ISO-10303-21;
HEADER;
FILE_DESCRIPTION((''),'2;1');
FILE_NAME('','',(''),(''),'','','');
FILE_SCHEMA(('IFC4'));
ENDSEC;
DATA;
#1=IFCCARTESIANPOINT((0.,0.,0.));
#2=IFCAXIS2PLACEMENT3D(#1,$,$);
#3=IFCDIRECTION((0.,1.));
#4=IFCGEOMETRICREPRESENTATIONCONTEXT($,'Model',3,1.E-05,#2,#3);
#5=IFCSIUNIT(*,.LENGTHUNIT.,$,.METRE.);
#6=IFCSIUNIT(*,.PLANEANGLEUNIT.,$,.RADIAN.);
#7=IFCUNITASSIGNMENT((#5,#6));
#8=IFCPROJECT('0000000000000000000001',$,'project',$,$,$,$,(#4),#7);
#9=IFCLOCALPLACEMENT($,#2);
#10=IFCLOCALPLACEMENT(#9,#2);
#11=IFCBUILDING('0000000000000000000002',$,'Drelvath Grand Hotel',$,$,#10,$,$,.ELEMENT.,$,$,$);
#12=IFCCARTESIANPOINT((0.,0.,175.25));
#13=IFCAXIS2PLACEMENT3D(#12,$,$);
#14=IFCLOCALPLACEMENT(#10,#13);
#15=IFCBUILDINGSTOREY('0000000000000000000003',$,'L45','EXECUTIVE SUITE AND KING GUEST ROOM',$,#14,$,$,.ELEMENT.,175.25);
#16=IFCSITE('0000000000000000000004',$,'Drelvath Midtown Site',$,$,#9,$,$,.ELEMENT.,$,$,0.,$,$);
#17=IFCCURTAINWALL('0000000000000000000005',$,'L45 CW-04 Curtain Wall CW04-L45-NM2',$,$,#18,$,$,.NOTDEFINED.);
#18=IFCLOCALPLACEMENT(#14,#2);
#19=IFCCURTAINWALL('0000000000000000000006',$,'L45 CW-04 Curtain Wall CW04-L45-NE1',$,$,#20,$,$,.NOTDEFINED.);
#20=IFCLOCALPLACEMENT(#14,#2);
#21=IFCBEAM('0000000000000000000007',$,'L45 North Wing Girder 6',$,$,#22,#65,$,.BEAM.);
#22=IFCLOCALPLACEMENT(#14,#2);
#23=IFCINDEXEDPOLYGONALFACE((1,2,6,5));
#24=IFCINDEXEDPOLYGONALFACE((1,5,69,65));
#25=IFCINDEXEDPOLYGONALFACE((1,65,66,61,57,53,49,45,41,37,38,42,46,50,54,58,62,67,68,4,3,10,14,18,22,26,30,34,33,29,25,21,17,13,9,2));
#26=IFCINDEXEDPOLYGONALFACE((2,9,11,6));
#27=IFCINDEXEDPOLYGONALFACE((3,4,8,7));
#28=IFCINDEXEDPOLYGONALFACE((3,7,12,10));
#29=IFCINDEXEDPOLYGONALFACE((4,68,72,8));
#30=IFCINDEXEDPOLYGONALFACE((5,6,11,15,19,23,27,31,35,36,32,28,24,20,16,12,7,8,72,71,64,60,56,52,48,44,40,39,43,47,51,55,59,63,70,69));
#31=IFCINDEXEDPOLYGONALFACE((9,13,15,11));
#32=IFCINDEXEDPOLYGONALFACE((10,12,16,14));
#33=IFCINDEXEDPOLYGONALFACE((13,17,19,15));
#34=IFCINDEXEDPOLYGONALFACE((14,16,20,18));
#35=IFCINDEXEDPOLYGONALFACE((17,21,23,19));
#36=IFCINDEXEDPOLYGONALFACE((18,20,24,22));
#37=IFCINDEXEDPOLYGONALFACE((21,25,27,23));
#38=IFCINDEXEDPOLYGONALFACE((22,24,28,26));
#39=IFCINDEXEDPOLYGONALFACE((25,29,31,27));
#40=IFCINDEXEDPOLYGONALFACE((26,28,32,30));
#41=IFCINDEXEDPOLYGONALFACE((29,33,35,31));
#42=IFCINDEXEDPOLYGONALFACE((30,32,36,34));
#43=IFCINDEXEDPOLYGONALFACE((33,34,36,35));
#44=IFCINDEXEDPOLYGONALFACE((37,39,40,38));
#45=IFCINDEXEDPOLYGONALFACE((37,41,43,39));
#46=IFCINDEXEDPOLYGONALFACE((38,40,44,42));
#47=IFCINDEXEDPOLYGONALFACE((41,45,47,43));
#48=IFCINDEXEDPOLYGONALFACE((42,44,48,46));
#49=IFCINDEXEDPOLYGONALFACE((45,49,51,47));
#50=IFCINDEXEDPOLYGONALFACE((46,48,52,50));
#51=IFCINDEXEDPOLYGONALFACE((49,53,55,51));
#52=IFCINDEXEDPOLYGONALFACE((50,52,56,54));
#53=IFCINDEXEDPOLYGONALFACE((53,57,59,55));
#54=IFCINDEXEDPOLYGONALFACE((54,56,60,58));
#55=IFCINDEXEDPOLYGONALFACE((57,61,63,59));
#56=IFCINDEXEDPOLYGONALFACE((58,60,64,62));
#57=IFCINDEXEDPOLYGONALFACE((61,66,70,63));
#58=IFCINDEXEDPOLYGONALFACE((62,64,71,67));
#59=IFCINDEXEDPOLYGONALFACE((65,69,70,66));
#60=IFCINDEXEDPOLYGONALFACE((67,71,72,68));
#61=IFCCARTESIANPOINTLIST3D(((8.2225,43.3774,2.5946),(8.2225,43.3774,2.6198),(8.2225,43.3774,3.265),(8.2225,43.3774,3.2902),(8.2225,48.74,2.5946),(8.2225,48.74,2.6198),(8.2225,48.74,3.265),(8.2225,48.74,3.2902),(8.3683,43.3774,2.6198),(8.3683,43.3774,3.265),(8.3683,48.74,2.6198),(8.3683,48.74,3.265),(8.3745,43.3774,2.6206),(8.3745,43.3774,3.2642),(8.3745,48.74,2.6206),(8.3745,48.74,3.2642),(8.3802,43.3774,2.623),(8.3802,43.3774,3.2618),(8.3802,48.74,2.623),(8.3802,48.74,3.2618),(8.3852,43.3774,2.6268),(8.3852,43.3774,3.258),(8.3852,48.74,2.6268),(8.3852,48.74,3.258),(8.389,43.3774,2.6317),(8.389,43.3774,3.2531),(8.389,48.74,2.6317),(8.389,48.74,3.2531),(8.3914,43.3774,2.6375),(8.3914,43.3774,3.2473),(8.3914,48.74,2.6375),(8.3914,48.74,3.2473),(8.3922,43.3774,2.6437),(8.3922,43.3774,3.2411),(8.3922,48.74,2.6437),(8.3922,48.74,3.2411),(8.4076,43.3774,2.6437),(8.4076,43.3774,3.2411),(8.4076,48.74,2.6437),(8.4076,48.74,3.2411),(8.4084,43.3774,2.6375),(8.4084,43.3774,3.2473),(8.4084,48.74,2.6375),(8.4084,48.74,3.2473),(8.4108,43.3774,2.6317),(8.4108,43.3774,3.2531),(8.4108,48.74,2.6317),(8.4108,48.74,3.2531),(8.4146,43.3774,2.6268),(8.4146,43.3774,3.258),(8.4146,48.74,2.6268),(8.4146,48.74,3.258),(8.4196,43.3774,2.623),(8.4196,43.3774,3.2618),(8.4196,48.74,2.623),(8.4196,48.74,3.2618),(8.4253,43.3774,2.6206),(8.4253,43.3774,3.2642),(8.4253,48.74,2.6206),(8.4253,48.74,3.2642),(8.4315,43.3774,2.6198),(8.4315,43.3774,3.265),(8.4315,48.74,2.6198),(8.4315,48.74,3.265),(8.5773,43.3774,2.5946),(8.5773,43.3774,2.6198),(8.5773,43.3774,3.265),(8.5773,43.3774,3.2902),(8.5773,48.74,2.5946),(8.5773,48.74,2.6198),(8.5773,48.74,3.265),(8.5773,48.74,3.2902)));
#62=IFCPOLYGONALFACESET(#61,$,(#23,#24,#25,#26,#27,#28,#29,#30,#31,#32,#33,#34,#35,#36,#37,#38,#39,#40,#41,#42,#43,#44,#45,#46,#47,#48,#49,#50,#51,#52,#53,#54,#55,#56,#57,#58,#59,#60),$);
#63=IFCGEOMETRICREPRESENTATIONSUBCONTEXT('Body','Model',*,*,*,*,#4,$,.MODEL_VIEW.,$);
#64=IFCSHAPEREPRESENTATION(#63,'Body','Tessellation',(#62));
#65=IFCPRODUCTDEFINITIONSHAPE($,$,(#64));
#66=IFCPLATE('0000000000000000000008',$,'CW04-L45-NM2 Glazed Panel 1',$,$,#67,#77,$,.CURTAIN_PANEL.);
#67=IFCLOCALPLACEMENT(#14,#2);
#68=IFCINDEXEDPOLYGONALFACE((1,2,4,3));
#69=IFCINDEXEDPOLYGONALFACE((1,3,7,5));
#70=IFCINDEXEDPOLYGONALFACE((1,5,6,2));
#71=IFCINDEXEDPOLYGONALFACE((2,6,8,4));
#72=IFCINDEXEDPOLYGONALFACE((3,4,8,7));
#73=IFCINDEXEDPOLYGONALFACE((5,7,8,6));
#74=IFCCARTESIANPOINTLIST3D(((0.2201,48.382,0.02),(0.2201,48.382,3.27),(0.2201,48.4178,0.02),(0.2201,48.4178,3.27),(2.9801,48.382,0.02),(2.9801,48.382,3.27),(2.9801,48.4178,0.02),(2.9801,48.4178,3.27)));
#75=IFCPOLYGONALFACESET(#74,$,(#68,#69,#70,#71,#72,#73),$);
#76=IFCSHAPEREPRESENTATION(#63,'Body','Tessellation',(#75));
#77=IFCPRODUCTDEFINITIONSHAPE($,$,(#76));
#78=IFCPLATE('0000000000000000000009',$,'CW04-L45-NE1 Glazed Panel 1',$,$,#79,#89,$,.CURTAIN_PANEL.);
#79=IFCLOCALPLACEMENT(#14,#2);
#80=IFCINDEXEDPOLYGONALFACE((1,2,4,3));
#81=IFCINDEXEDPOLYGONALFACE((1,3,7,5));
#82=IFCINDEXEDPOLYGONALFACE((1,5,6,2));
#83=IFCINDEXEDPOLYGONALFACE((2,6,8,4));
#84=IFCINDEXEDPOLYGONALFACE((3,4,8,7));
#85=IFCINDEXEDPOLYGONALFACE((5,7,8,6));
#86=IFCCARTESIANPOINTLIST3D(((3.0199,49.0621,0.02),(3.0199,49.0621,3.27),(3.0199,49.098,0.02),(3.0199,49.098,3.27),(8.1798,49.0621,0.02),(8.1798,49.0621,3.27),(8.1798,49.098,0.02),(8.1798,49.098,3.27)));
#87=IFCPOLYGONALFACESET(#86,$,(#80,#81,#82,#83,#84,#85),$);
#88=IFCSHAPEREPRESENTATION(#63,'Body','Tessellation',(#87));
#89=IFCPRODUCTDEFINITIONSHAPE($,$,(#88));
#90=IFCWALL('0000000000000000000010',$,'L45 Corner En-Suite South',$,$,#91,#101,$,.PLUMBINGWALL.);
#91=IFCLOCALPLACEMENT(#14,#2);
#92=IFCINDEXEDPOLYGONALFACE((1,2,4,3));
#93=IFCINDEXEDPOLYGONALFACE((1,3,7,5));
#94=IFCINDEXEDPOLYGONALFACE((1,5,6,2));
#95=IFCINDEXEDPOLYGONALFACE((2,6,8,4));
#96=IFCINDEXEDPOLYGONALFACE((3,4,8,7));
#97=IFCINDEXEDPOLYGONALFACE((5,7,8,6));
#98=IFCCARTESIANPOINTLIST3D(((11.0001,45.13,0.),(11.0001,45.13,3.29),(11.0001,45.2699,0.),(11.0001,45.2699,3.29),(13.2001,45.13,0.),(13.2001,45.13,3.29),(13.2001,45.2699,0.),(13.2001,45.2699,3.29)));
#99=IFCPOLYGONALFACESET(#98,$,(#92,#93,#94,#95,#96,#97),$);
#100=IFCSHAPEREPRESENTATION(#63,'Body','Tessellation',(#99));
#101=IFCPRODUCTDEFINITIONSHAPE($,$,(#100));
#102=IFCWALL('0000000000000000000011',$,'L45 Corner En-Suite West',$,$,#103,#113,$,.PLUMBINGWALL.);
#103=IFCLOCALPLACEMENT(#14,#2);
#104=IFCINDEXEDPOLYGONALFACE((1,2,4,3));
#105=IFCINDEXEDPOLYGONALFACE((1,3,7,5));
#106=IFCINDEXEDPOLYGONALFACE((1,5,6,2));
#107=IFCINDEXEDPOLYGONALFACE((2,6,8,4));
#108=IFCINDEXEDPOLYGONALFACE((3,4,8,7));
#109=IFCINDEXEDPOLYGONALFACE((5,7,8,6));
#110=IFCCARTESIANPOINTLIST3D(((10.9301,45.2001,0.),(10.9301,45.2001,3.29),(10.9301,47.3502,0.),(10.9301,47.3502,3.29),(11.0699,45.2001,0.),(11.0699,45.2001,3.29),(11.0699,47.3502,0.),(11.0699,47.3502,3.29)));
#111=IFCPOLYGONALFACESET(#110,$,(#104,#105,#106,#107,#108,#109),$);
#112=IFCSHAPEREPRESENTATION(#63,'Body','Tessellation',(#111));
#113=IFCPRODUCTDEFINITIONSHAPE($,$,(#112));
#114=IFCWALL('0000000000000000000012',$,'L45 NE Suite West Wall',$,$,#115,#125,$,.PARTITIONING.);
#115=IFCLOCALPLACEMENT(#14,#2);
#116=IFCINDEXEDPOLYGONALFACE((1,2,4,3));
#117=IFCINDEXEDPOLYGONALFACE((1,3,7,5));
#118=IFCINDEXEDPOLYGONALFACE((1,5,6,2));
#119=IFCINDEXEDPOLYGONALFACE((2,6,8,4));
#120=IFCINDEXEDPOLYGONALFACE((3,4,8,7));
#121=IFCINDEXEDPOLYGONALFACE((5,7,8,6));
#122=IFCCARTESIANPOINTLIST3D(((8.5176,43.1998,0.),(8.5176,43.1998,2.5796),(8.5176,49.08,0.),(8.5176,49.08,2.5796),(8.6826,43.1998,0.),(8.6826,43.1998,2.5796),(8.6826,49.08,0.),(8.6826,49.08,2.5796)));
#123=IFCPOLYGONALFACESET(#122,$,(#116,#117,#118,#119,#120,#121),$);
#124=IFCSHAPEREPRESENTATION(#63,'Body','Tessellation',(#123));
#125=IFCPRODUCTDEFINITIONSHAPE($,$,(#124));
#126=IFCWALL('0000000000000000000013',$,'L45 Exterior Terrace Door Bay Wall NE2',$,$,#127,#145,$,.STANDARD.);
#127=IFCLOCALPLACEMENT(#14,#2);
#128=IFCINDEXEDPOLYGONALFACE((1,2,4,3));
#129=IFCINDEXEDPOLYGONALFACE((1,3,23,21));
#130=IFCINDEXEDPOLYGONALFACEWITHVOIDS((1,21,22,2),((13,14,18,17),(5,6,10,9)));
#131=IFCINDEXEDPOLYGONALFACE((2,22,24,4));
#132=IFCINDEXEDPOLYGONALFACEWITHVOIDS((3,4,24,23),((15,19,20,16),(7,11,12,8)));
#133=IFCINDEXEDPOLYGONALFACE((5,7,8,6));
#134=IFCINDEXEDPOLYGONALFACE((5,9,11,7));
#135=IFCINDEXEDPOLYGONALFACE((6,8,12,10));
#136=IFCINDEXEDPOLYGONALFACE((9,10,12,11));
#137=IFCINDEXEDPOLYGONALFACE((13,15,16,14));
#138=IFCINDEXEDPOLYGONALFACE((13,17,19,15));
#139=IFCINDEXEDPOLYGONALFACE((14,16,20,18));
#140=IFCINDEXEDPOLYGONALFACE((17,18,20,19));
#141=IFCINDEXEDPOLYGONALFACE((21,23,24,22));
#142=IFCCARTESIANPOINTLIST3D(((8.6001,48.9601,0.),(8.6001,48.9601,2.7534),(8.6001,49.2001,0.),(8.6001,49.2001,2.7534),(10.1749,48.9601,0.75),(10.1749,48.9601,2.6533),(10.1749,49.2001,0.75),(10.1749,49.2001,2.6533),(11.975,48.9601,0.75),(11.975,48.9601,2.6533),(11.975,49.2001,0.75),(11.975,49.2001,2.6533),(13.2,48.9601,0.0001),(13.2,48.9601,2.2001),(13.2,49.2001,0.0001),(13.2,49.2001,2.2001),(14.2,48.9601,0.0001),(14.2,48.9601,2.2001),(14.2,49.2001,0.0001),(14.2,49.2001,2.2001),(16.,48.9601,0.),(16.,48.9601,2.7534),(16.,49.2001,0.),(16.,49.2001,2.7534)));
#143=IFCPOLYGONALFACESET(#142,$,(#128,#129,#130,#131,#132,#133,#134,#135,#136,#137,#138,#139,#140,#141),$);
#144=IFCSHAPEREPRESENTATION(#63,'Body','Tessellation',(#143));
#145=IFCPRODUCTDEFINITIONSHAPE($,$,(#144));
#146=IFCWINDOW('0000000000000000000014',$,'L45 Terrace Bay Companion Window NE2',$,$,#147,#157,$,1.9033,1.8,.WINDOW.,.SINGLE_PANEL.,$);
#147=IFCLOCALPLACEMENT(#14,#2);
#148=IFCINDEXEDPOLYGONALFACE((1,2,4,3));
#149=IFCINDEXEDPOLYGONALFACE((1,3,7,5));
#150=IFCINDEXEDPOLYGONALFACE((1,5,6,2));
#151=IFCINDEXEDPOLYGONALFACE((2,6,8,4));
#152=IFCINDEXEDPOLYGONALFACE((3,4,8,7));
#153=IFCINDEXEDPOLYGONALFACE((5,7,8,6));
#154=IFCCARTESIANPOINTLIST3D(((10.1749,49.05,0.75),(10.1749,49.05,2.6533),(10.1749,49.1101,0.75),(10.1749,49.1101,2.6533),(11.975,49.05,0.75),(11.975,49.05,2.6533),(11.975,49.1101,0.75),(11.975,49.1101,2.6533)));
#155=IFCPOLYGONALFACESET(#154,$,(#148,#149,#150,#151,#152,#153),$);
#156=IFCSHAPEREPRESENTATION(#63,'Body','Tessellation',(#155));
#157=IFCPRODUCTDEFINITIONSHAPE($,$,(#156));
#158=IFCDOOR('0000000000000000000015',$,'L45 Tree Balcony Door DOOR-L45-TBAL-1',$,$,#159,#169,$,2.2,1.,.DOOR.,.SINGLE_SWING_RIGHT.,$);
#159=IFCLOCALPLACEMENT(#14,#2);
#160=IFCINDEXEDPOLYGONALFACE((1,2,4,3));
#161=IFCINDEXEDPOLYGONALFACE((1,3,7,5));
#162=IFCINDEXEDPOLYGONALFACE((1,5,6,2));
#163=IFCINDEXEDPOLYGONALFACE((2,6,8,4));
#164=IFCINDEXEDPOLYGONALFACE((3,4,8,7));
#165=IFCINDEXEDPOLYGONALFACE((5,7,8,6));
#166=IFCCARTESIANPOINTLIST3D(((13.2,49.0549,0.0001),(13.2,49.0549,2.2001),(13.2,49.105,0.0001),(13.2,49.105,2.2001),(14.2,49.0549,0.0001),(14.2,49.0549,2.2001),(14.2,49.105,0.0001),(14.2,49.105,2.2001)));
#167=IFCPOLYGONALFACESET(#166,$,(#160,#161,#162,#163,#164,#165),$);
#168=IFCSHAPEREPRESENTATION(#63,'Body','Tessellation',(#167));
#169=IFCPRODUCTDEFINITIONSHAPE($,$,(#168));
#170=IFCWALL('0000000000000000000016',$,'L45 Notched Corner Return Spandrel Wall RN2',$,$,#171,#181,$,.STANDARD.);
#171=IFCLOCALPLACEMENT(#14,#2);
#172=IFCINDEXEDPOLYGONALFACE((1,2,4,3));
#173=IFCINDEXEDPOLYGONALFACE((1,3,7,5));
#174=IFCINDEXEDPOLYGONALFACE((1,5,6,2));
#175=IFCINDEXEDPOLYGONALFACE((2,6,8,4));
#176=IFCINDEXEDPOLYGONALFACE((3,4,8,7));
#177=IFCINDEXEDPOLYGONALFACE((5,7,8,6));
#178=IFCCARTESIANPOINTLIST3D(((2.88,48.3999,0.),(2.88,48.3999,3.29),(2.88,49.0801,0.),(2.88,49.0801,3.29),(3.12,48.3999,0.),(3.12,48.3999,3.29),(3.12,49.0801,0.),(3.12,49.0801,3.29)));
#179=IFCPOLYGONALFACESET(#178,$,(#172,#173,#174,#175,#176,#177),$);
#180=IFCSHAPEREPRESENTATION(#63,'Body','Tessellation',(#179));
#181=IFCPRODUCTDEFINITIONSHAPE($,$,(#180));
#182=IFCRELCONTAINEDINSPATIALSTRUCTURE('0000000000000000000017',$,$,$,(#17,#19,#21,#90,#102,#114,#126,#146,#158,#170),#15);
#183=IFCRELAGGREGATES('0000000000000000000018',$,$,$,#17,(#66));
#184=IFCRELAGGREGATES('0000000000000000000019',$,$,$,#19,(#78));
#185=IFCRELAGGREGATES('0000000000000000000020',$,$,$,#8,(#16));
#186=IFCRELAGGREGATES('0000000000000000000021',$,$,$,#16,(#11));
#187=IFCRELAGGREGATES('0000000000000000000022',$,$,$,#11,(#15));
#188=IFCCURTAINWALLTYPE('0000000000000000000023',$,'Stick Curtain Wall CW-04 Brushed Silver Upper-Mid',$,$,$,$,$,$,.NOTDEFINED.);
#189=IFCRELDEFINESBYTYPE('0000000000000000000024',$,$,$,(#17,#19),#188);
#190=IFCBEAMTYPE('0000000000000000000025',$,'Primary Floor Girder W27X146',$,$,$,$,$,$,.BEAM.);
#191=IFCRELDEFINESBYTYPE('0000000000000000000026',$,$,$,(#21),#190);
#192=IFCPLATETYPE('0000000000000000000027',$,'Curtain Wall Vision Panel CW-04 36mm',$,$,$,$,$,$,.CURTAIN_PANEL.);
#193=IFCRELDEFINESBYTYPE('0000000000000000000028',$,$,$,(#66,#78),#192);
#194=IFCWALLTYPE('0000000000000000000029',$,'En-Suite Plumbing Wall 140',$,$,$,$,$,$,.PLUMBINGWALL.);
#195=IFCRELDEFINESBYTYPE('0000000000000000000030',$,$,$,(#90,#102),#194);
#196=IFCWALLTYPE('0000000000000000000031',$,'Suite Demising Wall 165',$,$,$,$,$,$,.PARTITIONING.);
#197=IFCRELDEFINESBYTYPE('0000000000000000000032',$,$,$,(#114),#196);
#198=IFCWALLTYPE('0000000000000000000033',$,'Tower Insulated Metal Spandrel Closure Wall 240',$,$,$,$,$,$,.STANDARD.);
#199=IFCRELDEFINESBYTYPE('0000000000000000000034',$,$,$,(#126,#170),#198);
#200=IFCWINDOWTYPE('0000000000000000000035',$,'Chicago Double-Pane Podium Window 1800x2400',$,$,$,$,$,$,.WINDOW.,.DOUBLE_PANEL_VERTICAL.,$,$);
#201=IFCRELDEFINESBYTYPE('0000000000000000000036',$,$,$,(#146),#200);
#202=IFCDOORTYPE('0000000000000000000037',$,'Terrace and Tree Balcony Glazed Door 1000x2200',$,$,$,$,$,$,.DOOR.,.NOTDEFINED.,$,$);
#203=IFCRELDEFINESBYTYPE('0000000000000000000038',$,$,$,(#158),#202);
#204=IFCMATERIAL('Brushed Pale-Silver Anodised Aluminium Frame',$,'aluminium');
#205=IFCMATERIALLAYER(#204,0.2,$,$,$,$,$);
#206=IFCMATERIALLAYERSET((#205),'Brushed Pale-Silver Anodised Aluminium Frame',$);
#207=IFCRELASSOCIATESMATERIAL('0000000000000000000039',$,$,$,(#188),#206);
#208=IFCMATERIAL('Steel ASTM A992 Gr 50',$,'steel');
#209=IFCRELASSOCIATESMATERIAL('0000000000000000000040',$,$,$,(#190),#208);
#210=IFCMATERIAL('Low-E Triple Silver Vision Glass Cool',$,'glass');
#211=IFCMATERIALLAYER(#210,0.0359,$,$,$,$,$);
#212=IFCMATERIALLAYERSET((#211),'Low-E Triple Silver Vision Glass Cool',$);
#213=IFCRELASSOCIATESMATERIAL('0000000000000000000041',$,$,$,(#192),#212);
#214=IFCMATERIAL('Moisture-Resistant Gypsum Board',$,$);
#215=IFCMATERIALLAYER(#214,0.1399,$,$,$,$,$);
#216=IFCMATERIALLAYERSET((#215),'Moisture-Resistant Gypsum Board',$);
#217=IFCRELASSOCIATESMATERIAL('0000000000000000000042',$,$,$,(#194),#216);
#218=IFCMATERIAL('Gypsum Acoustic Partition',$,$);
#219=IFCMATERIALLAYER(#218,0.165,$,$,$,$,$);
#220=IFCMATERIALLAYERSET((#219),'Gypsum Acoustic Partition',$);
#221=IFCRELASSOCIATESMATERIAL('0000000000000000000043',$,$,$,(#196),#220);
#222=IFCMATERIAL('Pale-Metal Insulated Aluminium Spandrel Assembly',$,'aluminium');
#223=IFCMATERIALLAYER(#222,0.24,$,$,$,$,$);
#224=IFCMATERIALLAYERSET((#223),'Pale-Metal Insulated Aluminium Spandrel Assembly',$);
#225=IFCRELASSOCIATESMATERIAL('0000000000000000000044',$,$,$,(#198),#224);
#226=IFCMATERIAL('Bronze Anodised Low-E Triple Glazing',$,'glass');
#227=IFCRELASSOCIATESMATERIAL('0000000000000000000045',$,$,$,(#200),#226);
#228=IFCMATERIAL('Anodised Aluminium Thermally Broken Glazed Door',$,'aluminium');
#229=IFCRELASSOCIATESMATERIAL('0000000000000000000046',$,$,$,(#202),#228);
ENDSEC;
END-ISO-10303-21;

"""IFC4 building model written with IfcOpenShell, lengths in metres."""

from ifc_helpers import new_model, si_unit, direction, frame, frame_2d, origin, origin_2d, place, context, subcontext, project, spatial, rectangle, i_section, extrude, material, layer, layer_set, material_profile, profile_set, type_object, element, fill, aggregate, save


model = new_model("IFC4")

# Units and contexts
model_context = context("Model", 3, precision=1e-05, world=origin(), true_north=direction((0.0, 1.0)))
body_context = subcontext(model_context, "Body", "Model", "MODEL_VIEW")
ifc_project = project(units=[si_unit("LENGTHUNIT", "METRE"), si_unit("PLANEANGLEUNIT", "RADIAN")], contexts=[model_context])

# Site, building, storey
site_placement = place(None, origin())
site = spatial("IfcSite", under=ifc_project, at=site_placement, Name="Drelvath Midtown Site", CompositionType="ELEMENT", RefElevation=0.0)
building_placement = place(site_placement, origin())
building = spatial("IfcBuilding", under=site, at=building_placement, Name="Drelvath Grand Hotel", CompositionType="ELEMENT")
storey_placement = place(building_placement, frame((0.0, 0.0, 175.25)))
storey = spatial("IfcBuildingStorey", under=building, at=storey_placement, Name="L45", Description="EXECUTIVE SUITE AND KING GUEST ROOM", CompositionType="ELEMENT", Elevation=175.25)

# Curtain walls
ifc_material_1 = material(Name="Brushed Pale-Silver Anodised Aluminium Frame", Category="aluminium")
ifc_layer_1 = layer(ifc_material_1, 0.2)
ifc_layer_set_1 = layer_set([ifc_layer_1], Name="Brushed Pale-Silver Anodised Aluminium Frame")
curtain_wall_type = type_object("IfcCurtainWallType", Name="Stick Curtain Wall CW-04 Brushed Silver Upper-Mid", PredefinedType="NOTDEFINED", material=ifc_layer_set_1)
curtain_wall_1_placement = place(storey_placement, origin())
curtain_wall_1 = element("IfcCurtainWall", 1, at=curtain_wall_1_placement, inside=storey, type_object=curtain_wall_type, Name="L45 CW-04 Curtain Wall CW04-L45-NM2", PredefinedType="NOTDEFINED")
curtain_wall_2_placement = place(storey_placement, origin())
curtain_wall_2 = element("IfcCurtainWall", 2, at=curtain_wall_2_placement, inside=storey, type_object=curtain_wall_type, Name="L45 CW-04 Curtain Wall CW04-L45-NE1", PredefinedType="NOTDEFINED")

# Beam
ifc_material_2 = material(Name="Steel ASTM A992 Gr 50", Category="steel")
ifc_material_profile_1 = material_profile(ifc_material_2, i_section(OverallWidth=0.3547, OverallDepth=0.6956, WebThickness=0.0154, FlangeThickness=0.0251, FilletRadius=0.0239, at=origin_2d()), Name="W27X146")
ifc_profile_set_1 = profile_set([ifc_material_profile_1], Name="Steel ASTM A992 Gr 50")
beam_type_1 = type_object("IfcBeamType", Name="Primary Floor Girder W27X146", PredefinedType="BEAM", material=ifc_profile_set_1)
beam_1_placement = place(storey_placement, frame((8.3999, 43.3774, 2.9424), z_axis=(0.0, 1.0, 0.0), x_axis=(-1.0, 0.0, 0.0)))
element("IfcBeam", 3, at=beam_1_placement, inside=storey, type_object=beam_type_1, Name="L45 North Wing Girder 6", PredefinedType="BEAM", context=body_context, shape_type="SweptSolid", body=[
    extrude(i_section(OverallWidth=0.3547, OverallDepth=0.6956, WebThickness=0.0154, FlangeThickness=0.0251, FilletRadius=0.0239, at=origin_2d()), origin(), (0.0, 0.0, 1.0), 5.3625),
])

# Plates
ifc_material_3 = material(Name="Low-E Triple Silver Vision Glass Cool", Category="glass")
ifc_layer_2 = layer(ifc_material_3, 0.0359)
ifc_layer_set_2 = layer_set([ifc_layer_2], Name="Low-E Triple Silver Vision Glass Cool")
plate_type = type_object("IfcPlateType", Name="Curtain Wall Vision Panel CW-04 36mm", PredefinedType="CURTAIN_PANEL", material=ifc_layer_set_2)
plate_1_placement = place(storey_placement, frame((1.6001, 48.3999, 0.02), z_axis=(0.0, 0.0, 1.0), x_axis=(1.0, 0.0, 0.0)))
plate_1 = element("IfcPlate", 4, at=plate_1_placement, type_object=plate_type, Name="CW04-L45-NM2 Glazed Panel 1", PredefinedType="CURTAIN_PANEL", context=body_context, shape_type="SweptSolid", body=[
    extrude(rectangle(XDim=2.76, YDim=0.0359, at=origin_2d()), origin(), (0.0, 0.0, 1.0), 3.25),
])
aggregate(curtain_wall_1, [plate_1])
plate_2_placement = place(storey_placement, frame((5.5999, 49.0801, 0.02), z_axis=(0.0, 0.0, 1.0), x_axis=(1.0, 0.0, 0.0)))
plate_2 = element("IfcPlate", 5, at=plate_2_placement, type_object=plate_type, Name="CW04-L45-NE1 Glazed Panel 1", PredefinedType="CURTAIN_PANEL", context=body_context, shape_type="SweptSolid", body=[
    extrude(rectangle(XDim=5.1599, YDim=0.0359, at=origin_2d()), origin(), (0.0, 0.0, 1.0), 3.25),
])
aggregate(curtain_wall_2, [plate_2])

# Walls
ifc_material_4 = material(Name="Moisture-Resistant Gypsum Board")
ifc_layer_3 = layer(ifc_material_4, 0.1399)
ifc_layer_set_3 = layer_set([ifc_layer_3], Name="Moisture-Resistant Gypsum Board")
wall_type_1 = type_object("IfcWallType", Name="En-Suite Plumbing Wall 140", PredefinedType="PLUMBINGWALL", material=ifc_layer_set_3)
wall_1_placement = place(storey_placement, frame((11.0, 45.2, 0.0), z_axis=(0.0, 0.0, 1.0), x_axis=(1.0, 0.0, 0.0)))
element("IfcWall", 6, at=wall_1_placement, inside=storey, type_object=wall_type_1, Name="L45 Corner En-Suite South", PredefinedType="PLUMBINGWALL", context=body_context, shape_type="SweptSolid", body=[
    extrude(rectangle(XDim=2.2, YDim=0.1399, at=frame_2d((1.1001, 0.0))), origin(), (0.0, 0.0, 1.0), 3.29),
])
wall_2_placement = place(storey_placement, frame((11.0, 45.2, 0.0), z_axis=(0.0, 0.0, 1.0), x_axis=(0.0, 1.0, 0.0)))
element("IfcWall", 7, at=wall_2_placement, inside=storey, type_object=wall_type_1, Name="L45 Corner En-Suite West", PredefinedType="PLUMBINGWALL", context=body_context, shape_type="SweptSolid", body=[
    extrude(rectangle(XDim=2.1501, YDim=0.1399, at=frame_2d((1.0752, 0.0))), origin(), (0.0, 0.0, 1.0), 3.29),
])
ifc_material_5 = material(Name="Gypsum Acoustic Partition")
ifc_layer_4 = layer(ifc_material_5, 0.165)
ifc_layer_set_4 = layer_set([ifc_layer_4], Name="Gypsum Acoustic Partition")
wall_type_2 = type_object("IfcWallType", Name="Suite Demising Wall 165", PredefinedType="PARTITIONING", material=ifc_layer_set_4)
wall_3_placement = place(storey_placement, frame((8.6001, 43.2, 0.0), z_axis=(0.0, 0.0, 1.0), x_axis=(0.0, 1.0, 0.0)))
element("IfcWall", 8, at=wall_3_placement, inside=storey, type_object=wall_type_2, Name="L45 NE Suite West Wall", PredefinedType="PARTITIONING", context=body_context, shape_type="SweptSolid", body=[
    extrude(rectangle(XDim=5.8801, YDim=0.165, at=frame_2d((2.9399, 0.0))), origin(), (0.0, 0.0, 1.0), 2.5796),
])

# Wall, openings, window, door
ifc_material_6 = material(Name="Pale-Metal Insulated Aluminium Spandrel Assembly", Category="aluminium")
ifc_layer_5 = layer(ifc_material_6, 0.24)
ifc_layer_set_5 = layer_set([ifc_layer_5], Name="Pale-Metal Insulated Aluminium Spandrel Assembly")
wall_type_3 = type_object("IfcWallType", Name="Tower Insulated Metal Spandrel Closure Wall 240", PredefinedType="STANDARD", material=ifc_layer_set_5)
wall_4_placement = place(storey_placement, frame((8.6001, 49.0801, 0.0), z_axis=(0.0, 0.0, 1.0), x_axis=(1.0, 0.0, 0.0)))
wall_4 = element("IfcWall", 9, at=wall_4_placement, inside=storey, type_object=wall_type_3, Name="L45 Exterior Terrace Door Bay Wall NE2", PredefinedType="STANDARD", context=body_context, shape_type="SweptSolid", body=[
    extrude(rectangle(XDim=7.3999, YDim=0.24, at=frame_2d((3.7, 0.0))), origin(), (0.0, 0.0, 1.0), 2.7534),
])
opening_1_placement = place(wall_4_placement, frame((4.5999, 0.0, 0.0)))
opening_1 = element("IfcOpeningElement", 10, at=opening_1_placement, cuts=wall_4, PredefinedType="OPENING", context=body_context, shape_type="SweptSolid", body=[
    extrude(rectangle(XDim=1.0, YDim=2.2, at=frame_2d((0.5, 1.1001))), frame((0.0, 0.1299, 0.0), z_axis=(0.0, -1.0, 0.0), x_axis=(1.0, 0.0, 0.0)), (0.0, 0.0, 1.0), 0.26),
])
opening_2_placement = place(wall_4_placement, frame((1.575, 0.0, 0.75)))
opening_2 = element("IfcOpeningElement", 11, at=opening_2_placement, cuts=wall_4, PredefinedType="OPENING", context=body_context, shape_type="SweptSolid", body=[
    extrude(rectangle(XDim=1.8, YDim=1.9033, at=frame_2d((0.8999, 0.9517))), frame((0.0, 0.1299, 0.0), z_axis=(0.0, -1.0, 0.0), x_axis=(1.0, 0.0, 0.0)), (0.0, 0.0, 1.0), 0.26),
])
ifc_material_7 = material(Name="Bronze Anodised Low-E Triple Glazing", Category="glass")
window_type = type_object("IfcWindowType", Name="Chicago Double-Pane Podium Window 1800x2400", PartitioningType="DOUBLE_PANEL_VERTICAL", PredefinedType="WINDOW", material=ifc_material_7)
window_placement = place(opening_2_placement, origin())
window = element("IfcWindow", 12, at=window_placement, inside=storey, type_object=window_type, Name="L45 Terrace Bay Companion Window NE2", OverallHeight=1.9033, OverallWidth=1.8, PartitioningType="SINGLE_PANEL", PredefinedType="WINDOW", context=body_context, shape_type="SweptSolid", body=[
    extrude(rectangle(XDim=1.8, YDim=1.9033, at=frame_2d((0.8999, 0.9517))), frame((0.0, 0.03, 0.0), z_axis=(0.0, -1.0, 0.0), x_axis=(1.0, 0.0, 0.0)), (0.0, 0.0, 1.0), 0.0601),
])
fill(opening_2, window)
ifc_material_8 = material(Name="Anodised Aluminium Thermally Broken Glazed Door", Category="aluminium")
door_type_1 = type_object("IfcDoorType", Name="Terrace and Tree Balcony Glazed Door 1000x2200", OperationType="NOTDEFINED", PredefinedType="DOOR", material=ifc_material_8)
door_1_placement = place(opening_1_placement, origin())
door_1 = element("IfcDoor", 13, at=door_1_placement, inside=storey, type_object=door_type_1, Name="L45 Tree Balcony Door DOOR-L45-TBAL-1", OperationType="SINGLE_SWING_RIGHT", OverallHeight=2.2, OverallWidth=1.0, PredefinedType="DOOR", context=body_context, shape_type="SweptSolid", body=[
    extrude(rectangle(XDim=1.0, YDim=2.2, at=frame_2d((0.5, 1.1001))), frame((0.0, 0.0249, 0.0), z_axis=(0.0, -1.0, 0.0), x_axis=(1.0, 0.0, 0.0)), (0.0, 0.0, 1.0), 0.05),
])
fill(opening_1, door_1)

# Wall
wall_5_placement = place(storey_placement, frame((3.0, 48.3999, 0.0), z_axis=(0.0, 0.0, 1.0), x_axis=(0.0, 1.0, 0.0)))
element("IfcWall", 14, at=wall_5_placement, inside=storey, type_object=wall_type_3, Name="L45 Notched Corner Return Spandrel Wall RN2", PredefinedType="STANDARD", context=body_context, shape_type="SweptSolid", body=[
    extrude(rectangle(XDim=0.6802, YDim=0.24, at=frame_2d((0.3401, 0.0))), origin(), (0.0, 0.0, 1.0), 3.29),
])

save(model, "model.ifc")
